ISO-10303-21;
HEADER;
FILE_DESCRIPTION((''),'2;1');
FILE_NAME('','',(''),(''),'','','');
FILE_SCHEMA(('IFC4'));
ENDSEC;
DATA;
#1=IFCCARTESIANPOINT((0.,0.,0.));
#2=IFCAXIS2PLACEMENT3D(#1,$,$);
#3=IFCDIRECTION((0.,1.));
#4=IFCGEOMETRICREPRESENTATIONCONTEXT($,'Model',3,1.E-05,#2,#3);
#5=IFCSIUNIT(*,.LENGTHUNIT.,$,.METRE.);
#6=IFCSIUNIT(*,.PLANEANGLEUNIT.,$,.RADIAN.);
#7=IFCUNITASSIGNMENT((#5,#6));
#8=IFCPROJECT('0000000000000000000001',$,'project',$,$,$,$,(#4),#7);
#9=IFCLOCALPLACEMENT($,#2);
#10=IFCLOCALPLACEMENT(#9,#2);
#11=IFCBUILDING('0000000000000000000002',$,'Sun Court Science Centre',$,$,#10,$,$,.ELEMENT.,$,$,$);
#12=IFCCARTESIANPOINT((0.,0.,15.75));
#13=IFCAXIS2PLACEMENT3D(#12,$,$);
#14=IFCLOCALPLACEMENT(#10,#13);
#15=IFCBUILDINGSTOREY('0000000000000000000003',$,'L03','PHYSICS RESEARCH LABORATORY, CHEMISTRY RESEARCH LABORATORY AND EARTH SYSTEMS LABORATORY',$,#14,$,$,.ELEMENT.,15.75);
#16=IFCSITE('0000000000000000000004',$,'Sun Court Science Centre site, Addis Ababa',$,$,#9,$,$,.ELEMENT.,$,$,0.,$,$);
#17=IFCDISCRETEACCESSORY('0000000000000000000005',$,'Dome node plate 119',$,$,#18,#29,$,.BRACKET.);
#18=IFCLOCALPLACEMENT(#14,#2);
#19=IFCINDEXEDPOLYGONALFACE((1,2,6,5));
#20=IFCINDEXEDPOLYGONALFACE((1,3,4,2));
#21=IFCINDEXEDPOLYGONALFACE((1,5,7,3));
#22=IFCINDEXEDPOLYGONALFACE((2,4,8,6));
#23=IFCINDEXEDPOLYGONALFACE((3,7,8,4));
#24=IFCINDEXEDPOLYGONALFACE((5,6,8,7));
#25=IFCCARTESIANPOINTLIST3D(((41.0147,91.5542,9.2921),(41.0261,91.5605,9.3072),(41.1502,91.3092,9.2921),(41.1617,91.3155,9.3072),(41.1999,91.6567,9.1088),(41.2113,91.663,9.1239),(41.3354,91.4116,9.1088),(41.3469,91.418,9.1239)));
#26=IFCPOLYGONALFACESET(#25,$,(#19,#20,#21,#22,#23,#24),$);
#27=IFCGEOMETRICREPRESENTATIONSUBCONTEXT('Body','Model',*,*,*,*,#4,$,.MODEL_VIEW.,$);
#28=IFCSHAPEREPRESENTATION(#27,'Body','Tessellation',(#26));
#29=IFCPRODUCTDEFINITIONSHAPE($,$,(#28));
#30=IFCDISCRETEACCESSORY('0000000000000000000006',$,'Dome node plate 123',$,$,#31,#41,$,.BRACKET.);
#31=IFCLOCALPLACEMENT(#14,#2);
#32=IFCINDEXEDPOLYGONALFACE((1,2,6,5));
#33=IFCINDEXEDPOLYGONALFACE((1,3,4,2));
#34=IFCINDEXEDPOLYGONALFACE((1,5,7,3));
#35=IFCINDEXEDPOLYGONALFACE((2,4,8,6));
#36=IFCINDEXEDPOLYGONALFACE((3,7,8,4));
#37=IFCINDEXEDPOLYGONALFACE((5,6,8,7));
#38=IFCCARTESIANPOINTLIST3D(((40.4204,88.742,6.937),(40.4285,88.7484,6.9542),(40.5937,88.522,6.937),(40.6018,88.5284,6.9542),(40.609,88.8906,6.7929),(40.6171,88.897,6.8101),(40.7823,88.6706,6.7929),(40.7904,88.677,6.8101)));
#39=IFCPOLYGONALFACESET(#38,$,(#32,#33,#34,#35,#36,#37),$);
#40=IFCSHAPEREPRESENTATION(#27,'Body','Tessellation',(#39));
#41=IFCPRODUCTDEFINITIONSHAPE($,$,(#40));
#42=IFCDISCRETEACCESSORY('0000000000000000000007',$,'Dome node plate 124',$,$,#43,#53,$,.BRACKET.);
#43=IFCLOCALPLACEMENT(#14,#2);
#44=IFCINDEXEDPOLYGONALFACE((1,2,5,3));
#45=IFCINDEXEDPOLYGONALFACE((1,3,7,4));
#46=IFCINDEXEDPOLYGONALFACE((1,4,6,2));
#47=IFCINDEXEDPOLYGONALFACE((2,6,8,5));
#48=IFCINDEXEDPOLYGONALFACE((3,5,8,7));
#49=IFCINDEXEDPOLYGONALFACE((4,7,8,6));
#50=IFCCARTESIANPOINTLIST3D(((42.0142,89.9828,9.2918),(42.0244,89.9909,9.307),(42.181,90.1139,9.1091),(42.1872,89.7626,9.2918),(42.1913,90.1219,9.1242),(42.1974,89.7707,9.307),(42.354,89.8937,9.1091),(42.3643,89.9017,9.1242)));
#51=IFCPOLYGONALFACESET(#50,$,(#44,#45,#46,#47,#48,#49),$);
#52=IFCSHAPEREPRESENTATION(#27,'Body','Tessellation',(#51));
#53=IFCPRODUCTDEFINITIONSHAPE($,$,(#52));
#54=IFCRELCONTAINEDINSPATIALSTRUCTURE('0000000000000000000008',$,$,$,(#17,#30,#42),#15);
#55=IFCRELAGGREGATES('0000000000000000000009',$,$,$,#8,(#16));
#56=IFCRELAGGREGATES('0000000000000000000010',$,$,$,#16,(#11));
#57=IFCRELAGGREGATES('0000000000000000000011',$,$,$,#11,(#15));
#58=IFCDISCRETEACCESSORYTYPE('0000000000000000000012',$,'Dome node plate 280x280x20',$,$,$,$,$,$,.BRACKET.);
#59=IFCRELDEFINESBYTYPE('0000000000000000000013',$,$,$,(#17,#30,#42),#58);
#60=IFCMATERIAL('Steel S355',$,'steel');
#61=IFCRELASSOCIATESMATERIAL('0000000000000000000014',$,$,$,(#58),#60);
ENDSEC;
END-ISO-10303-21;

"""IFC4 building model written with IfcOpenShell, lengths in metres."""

from ifc_helpers import new_model, si_unit, direction, frame, origin, origin_2d, place, context, subcontext, project, spatial, rectangle, extrude, material, material_profile, profile_set, type_object, element, save


model = new_model("IFC4")

# Units and contexts
model_context = context("Model", 3, precision=1e-05, world=origin(), true_north=direction((0.0, 1.0)))
body_context = subcontext(model_context, "Body", "Model", "MODEL_VIEW")
ifc_project = project(units=[si_unit("LENGTHUNIT", "METRE"), si_unit("PLANEANGLEUNIT", "RADIAN")], contexts=[model_context])

# Site, building, storey
site_placement = place(None, origin())
site = spatial("IfcSite", under=ifc_project, at=site_placement, Name="Sun Court Science Centre site, Addis Ababa", CompositionType="ELEMENT", RefElevation=0.0)
building_placement = place(site_placement, origin())
building = spatial("IfcBuilding", under=site, at=building_placement, Name="Sun Court Science Centre", CompositionType="ELEMENT")
storey_placement = place(building_placement, frame((0.0, 0.0, 15.75)))
storey = spatial("IfcBuildingStorey", under=building, at=storey_placement, Name="L03", Description="PHYSICS RESEARCH LABORATORY, CHEMISTRY RESEARCH LABORATORY AND EARTH SYSTEMS LABORATORY", CompositionType="ELEMENT", Elevation=15.75)

# Discrete accessories
ifc_material_1 = material(Name="Steel S355", Category="steel")
ifc_material_profile_1 = material_profile(ifc_material_1, rectangle(XDim=0.28, YDim=0.28, at=origin_2d()), Name="PL 280x280")
ifc_profile_set_1 = profile_set([ifc_material_profile_1], Name="Steel S355")
discrete_accessory_type = type_object("IfcDiscreteAccessoryType", Name="Dome node plate 280x280x20", PredefinedType="BRACKET", material=ifc_profile_set_1)
for number, where, z_axis, x_axis, name in (
    (1, (41.175, 91.4829, 9.2004), (0.572958, 0.316955, 0.755817), (-0.484061, 0.875034, 0.0), "Dome node plate 119"),
    (2, (40.6013, 88.7063, 6.865), (0.404216, 0.318473, 0.857429), (-0.618872, 0.785492, 0.0), "Dome node plate 123"),
    (3, (42.1841, 89.9382, 9.2004), (0.513227, 0.403249, 0.75762), (-0.617822, 0.786318, 0.0), "Dome node plate 124"),
):
    element("IfcDiscreteAccessory", number, at=place(storey_placement, frame(where, z_axis=z_axis, x_axis=x_axis)), inside=storey, type_object=discrete_accessory_type, Name=name, PredefinedType="BRACKET", context=body_context, shape_type="SweptSolid", body=[
        extrude(rectangle(XDim=0.28, YDim=0.28, at=origin_2d()), origin(), (0.0, 0.0, 1.0), 0.02),
    ])

save(model, "model.ifc")
